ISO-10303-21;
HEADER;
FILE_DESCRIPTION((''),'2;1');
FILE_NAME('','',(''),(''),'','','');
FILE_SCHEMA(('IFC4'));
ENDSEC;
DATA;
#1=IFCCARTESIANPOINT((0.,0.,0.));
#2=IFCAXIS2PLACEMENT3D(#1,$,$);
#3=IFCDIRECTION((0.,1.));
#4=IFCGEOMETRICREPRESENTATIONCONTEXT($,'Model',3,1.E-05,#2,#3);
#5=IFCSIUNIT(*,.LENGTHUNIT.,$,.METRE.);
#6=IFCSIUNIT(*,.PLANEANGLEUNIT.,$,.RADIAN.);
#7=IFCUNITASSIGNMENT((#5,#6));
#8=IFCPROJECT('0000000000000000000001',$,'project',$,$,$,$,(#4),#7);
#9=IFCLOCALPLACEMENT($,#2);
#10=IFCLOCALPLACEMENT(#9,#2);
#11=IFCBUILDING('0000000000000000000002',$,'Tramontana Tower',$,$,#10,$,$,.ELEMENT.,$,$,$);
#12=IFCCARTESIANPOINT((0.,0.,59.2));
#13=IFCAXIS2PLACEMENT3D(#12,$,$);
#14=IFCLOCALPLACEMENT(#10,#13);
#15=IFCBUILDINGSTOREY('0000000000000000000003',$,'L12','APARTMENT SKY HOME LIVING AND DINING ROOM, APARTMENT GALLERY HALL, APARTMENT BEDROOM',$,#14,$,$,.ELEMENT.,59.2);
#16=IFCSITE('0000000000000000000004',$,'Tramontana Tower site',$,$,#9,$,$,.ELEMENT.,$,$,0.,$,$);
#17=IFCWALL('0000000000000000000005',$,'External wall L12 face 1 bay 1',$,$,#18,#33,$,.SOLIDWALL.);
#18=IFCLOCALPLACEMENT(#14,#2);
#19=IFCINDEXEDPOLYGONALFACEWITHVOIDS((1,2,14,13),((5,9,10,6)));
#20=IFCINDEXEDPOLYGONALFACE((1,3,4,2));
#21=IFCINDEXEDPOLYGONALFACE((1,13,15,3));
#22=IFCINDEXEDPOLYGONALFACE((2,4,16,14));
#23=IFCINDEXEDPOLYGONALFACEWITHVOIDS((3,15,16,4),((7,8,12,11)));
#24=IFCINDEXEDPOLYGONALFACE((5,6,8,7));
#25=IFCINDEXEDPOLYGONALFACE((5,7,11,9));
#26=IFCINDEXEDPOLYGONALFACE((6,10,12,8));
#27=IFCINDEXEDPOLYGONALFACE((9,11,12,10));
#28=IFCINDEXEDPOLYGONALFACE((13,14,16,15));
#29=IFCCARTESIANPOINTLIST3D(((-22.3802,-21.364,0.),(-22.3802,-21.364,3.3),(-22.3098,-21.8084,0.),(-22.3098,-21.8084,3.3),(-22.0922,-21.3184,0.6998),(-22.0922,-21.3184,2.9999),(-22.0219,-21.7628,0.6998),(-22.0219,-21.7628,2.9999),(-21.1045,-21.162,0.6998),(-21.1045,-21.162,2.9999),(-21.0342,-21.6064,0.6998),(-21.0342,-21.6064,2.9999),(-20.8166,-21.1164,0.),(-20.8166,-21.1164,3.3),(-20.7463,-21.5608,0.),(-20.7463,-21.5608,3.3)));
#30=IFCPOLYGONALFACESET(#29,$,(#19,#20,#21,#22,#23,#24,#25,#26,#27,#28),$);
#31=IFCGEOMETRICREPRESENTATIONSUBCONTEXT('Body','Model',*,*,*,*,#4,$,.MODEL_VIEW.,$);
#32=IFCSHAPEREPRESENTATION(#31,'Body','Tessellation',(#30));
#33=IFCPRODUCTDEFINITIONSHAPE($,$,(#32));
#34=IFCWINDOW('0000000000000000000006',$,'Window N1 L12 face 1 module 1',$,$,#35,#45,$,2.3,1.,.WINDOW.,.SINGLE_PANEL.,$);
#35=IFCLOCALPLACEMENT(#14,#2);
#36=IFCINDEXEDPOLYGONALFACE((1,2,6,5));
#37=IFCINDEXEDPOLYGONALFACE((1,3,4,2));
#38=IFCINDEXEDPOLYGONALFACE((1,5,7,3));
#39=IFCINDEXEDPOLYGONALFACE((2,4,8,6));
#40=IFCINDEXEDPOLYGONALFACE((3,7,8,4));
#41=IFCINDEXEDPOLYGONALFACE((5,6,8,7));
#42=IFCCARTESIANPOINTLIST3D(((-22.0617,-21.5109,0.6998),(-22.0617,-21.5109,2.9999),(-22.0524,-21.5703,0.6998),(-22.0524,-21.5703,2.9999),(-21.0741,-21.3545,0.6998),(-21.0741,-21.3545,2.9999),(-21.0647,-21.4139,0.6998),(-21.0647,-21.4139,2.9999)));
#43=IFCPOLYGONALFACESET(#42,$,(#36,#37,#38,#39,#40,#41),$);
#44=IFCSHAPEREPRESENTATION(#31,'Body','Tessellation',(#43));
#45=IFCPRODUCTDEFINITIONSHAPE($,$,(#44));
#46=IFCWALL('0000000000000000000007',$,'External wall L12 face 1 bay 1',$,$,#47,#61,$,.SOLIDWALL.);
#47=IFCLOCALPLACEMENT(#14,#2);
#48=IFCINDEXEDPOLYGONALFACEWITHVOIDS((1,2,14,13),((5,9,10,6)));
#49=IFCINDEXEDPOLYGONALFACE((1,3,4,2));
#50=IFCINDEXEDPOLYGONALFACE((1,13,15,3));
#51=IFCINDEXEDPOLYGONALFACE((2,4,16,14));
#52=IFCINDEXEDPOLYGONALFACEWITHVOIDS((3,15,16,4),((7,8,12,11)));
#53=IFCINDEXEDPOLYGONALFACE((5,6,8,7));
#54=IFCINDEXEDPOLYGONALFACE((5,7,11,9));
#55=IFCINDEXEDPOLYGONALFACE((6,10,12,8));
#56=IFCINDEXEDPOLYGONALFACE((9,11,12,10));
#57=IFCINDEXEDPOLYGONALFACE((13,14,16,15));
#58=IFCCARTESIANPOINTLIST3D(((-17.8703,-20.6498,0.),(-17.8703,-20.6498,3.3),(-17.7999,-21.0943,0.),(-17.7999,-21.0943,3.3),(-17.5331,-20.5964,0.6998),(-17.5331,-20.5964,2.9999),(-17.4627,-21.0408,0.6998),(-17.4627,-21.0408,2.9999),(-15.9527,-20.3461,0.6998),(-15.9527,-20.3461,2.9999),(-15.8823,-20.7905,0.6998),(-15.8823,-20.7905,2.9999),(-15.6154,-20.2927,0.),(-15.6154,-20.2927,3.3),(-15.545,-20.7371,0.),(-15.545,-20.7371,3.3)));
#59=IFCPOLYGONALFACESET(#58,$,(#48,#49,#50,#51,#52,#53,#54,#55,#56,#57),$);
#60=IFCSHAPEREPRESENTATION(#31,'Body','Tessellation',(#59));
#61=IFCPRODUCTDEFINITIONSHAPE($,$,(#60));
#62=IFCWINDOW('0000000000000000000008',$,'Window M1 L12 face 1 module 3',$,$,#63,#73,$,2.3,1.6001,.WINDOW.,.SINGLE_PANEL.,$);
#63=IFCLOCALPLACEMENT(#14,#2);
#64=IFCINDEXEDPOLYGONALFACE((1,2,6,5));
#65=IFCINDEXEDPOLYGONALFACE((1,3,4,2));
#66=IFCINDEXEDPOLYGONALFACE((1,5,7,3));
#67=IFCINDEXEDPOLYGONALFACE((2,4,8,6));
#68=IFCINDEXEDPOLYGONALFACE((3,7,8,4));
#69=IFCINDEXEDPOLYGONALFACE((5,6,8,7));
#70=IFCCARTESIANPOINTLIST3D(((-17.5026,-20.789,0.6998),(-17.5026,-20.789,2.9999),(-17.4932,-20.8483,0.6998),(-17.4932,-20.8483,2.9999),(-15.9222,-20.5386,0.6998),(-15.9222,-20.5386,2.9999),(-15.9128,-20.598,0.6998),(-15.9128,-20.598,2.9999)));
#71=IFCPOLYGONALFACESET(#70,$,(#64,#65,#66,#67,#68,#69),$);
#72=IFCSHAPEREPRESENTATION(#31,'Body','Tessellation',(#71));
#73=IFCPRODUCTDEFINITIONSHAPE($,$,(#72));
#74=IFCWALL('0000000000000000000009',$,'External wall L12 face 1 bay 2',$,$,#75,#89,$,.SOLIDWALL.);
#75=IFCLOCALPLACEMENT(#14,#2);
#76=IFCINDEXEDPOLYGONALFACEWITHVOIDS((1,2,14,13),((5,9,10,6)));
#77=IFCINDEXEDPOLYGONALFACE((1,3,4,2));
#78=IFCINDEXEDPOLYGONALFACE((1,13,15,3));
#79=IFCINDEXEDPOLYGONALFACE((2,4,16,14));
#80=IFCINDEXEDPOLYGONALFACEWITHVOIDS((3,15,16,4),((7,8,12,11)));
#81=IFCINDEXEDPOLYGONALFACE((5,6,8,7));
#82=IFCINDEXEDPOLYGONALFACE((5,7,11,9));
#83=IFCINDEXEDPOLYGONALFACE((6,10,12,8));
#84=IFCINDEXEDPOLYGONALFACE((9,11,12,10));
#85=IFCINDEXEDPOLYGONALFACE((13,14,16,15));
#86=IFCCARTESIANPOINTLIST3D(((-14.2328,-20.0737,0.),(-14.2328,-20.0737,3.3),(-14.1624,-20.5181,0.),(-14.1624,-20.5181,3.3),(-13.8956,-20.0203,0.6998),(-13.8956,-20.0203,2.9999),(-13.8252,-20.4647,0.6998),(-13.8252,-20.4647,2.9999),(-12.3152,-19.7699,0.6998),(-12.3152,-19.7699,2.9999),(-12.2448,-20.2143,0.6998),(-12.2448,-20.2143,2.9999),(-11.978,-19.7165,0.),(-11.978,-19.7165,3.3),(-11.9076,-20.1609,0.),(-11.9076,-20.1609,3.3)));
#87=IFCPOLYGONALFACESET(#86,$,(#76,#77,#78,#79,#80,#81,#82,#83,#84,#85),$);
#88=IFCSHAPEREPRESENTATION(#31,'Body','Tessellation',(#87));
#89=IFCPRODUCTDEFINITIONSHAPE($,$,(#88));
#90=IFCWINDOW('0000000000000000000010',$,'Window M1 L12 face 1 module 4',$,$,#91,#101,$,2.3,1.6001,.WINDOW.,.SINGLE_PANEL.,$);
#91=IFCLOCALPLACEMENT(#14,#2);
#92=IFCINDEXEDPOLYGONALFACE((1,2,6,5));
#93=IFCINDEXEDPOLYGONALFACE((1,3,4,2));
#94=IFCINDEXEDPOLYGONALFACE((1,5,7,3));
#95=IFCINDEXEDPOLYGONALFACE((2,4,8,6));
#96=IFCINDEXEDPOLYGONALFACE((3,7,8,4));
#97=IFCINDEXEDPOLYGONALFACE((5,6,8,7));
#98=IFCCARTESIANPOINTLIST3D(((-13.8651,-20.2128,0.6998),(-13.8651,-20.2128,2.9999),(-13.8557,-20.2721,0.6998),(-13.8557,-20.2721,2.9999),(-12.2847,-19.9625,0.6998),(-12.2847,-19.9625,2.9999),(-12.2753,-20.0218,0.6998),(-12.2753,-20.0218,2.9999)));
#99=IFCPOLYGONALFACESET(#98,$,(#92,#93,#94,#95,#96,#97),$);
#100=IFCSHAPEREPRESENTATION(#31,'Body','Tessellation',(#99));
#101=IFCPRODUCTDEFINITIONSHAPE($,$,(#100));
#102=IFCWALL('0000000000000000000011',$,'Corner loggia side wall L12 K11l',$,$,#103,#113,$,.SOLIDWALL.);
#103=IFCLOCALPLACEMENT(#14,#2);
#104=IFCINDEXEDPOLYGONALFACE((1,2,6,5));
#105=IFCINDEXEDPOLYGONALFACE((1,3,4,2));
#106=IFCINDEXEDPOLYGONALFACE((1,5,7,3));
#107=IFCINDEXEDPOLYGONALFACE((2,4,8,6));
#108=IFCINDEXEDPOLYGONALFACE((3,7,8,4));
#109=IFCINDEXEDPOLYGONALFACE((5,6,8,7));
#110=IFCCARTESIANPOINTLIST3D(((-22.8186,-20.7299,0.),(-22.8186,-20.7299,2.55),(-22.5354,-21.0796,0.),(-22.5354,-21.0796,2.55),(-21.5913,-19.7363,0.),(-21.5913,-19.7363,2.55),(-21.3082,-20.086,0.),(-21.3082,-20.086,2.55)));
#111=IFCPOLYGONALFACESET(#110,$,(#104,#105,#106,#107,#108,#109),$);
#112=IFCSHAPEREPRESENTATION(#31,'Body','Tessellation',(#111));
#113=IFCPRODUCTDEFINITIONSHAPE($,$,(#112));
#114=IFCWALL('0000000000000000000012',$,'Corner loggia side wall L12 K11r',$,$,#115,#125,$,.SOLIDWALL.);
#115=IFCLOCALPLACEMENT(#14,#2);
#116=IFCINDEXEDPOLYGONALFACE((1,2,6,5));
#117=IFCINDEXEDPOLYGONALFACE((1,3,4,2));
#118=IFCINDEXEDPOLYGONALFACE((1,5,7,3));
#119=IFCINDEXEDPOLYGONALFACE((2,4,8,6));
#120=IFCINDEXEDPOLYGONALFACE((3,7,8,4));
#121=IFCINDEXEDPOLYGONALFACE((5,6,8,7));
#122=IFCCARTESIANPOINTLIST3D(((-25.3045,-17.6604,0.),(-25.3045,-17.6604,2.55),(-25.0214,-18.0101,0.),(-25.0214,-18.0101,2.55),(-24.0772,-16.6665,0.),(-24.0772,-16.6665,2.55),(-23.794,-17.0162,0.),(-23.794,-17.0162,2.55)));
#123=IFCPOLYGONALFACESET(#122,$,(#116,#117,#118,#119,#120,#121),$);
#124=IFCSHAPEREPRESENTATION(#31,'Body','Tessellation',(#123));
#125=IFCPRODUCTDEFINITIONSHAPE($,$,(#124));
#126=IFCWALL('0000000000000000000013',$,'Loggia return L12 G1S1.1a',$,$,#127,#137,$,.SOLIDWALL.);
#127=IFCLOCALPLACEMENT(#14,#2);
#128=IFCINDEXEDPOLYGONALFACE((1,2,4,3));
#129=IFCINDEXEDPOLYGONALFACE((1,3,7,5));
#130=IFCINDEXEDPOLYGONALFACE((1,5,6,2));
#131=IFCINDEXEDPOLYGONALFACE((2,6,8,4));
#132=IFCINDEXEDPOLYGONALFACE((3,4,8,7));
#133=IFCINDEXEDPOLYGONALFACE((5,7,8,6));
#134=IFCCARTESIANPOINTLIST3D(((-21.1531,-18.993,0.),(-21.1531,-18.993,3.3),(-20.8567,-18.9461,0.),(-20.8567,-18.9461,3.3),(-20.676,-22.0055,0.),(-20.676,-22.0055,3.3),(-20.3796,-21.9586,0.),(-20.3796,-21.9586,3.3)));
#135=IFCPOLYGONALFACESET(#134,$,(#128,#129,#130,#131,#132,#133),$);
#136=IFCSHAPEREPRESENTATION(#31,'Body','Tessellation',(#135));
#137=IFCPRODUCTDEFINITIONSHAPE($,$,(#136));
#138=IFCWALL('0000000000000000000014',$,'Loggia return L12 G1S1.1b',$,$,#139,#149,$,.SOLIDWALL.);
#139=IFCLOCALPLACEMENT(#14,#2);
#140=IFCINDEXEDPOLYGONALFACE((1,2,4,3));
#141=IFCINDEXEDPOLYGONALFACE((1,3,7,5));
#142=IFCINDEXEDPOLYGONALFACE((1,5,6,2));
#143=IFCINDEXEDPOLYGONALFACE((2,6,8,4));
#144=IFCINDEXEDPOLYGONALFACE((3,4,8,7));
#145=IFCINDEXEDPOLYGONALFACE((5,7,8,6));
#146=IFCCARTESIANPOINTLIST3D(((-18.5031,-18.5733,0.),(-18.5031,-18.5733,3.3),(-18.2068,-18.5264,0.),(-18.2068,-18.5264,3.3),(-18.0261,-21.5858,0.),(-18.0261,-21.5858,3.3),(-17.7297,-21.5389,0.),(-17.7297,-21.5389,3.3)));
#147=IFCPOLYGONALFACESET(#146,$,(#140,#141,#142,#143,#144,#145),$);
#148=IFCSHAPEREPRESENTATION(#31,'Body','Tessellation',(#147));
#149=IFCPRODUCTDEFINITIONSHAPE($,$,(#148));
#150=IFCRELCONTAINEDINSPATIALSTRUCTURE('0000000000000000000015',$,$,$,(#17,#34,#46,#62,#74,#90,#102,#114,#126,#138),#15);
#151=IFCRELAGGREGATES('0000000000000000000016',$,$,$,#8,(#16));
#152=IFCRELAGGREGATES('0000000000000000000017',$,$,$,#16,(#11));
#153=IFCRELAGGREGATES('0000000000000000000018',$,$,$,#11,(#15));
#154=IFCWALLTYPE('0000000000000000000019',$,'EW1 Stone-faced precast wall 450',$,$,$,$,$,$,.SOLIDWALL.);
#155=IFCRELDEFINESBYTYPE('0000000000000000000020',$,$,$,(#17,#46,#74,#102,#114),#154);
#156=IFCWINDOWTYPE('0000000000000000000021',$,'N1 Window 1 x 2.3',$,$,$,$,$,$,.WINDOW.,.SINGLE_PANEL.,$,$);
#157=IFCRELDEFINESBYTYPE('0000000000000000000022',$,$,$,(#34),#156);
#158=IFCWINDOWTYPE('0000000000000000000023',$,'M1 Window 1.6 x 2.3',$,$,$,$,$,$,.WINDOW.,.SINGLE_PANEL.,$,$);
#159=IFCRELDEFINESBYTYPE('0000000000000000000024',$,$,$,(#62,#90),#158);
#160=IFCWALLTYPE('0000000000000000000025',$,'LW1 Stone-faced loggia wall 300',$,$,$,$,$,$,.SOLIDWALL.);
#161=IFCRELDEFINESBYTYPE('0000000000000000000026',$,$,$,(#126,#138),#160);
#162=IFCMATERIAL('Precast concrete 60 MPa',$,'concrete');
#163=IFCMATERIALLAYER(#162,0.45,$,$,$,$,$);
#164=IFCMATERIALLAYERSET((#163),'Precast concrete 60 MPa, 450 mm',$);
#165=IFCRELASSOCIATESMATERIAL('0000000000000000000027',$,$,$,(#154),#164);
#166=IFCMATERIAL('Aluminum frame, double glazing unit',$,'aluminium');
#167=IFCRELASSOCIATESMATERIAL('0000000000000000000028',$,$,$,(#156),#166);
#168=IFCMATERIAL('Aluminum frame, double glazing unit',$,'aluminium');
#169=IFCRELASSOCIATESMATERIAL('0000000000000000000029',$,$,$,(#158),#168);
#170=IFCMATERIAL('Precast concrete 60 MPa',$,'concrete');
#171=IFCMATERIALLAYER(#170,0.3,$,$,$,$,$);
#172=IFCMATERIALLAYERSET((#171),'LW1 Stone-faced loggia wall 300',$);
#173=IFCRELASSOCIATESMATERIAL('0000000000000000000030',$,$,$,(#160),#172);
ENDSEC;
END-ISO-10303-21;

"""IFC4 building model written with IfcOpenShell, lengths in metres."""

from ifc_helpers import new_model, si_unit, direction, frame, frame_2d, origin, place, context, subcontext, project, spatial, rectangle, extrude, material, layer, layer_set, type_object, element, fill, save


model = new_model("IFC4")

# Units and contexts
model_context = context("Model", 3, precision=1e-05, world=origin(), true_north=direction((0.0, 1.0)))
body_context = subcontext(model_context, "Body", "Model", "MODEL_VIEW")
ifc_project = project(units=[si_unit("LENGTHUNIT", "METRE"), si_unit("PLANEANGLEUNIT", "RADIAN")], contexts=[model_context])

# Site, building, storey
site_placement = place(None, origin())
site = spatial("IfcSite", under=ifc_project, at=site_placement, Name="Tramontana Tower site", CompositionType="ELEMENT", RefElevation=0.0)
building_placement = place(site_placement, origin())
building = spatial("IfcBuilding", under=site, at=building_placement, Name="Tramontana Tower", CompositionType="ELEMENT")
storey_placement = place(building_placement, frame((0.0, 0.0, 59.2)))
storey = spatial("IfcBuildingStorey", under=building, at=storey_placement, Name="L12", Description="APARTMENT SKY HOME LIVING AND DINING ROOM, APARTMENT GALLERY HALL, APARTMENT BEDROOM", CompositionType="ELEMENT", Elevation=59.2)

# Walls, openings, windows
ifc_material_1 = material(Name="Precast concrete 60 MPa", Category="concrete")
ifc_layer_1 = layer(ifc_material_1, 0.45)
ifc_layer_set_1 = layer_set([ifc_layer_1], Name="Precast concrete 60 MPa, 450 mm")
wall_type_1 = type_object("IfcWallType", Name="EW1 Stone-faced precast wall 450", PredefinedType="SOLIDWALL", material=ifc_layer_set_1)
ifc_material_2 = material(Name="Aluminum frame, double glazing unit", Category="aluminium")
window_type_1 = type_object("IfcWindowType", Name="N1 Window 1 x 2.3", PartitioningType="SINGLE_PANEL", PredefinedType="WINDOW", material=ifc_material_2)
wall_1_placement = place(storey_placement, frame((-22.345, -21.5862, 0.0), z_axis=(0.0, 0.0, 1.0), x_axis=(0.987695, 0.15639, 0.0)))
wall_1 = element("IfcWall", 1, at=wall_1_placement, inside=storey, type_object=wall_type_1, Name="External wall L12 face 1 bay 1", PredefinedType="SOLIDWALL", context=body_context, shape_type="SweptSolid", body=[
    extrude(rectangle(XDim=1.583, YDim=0.45, at=frame_2d((0.7915, 0.0))), origin(), (0.0, 0.0, 1.0), 3.3),
])
opening_1_placement = place(wall_1_placement, frame((0.2915, 0.0, 0.7)))
opening_1 = element("IfcOpeningElement", 2, at=opening_1_placement, cuts=wall_1, PredefinedType="OPENING", context=body_context, shape_type="SweptSolid", body=[
    extrude(rectangle(XDim=1.0, YDim=2.3, at=frame_2d((0.5, 1.1499))), frame((0.0, 0.2349, 0.0), z_axis=(0.0, -1.0, 0.0), x_axis=(1.0, 0.0, 0.0)), (0.0, 0.0, 1.0), 0.47),
])
window_1_placement = place(opening_1_placement, origin())
window_1 = element("IfcWindow", 3, at=window_1_placement, inside=storey, type_object=window_type_1, Name="Window N1 L12 face 1 module 1", OverallHeight=2.3, OverallWidth=1.0, PartitioningType="SINGLE_PANEL", PredefinedType="WINDOW", context=body_context, shape_type="SweptSolid", body=[
    extrude(rectangle(XDim=1.0, YDim=2.3, at=frame_2d((0.5, 1.1499))), frame((0.0, 0.03, 0.0), z_axis=(0.0, -1.0, 0.0), x_axis=(1.0, 0.0, 0.0)), (0.0, 0.0, 1.0), 0.0601),
])
fill(opening_1, window_1)
wall_2_placement = place(storey_placement, frame((-17.8352, -20.8721, 0.0), z_axis=(0.0, 0.0, 1.0), x_axis=(0.987686, 0.156451, 0.0)))
wall_2 = element("IfcWall", 4, at=wall_2_placement, inside=storey, type_object=wall_type_1, Name="External wall L12 face 1 bay 1", PredefinedType="SOLIDWALL", context=body_context, shape_type="SweptSolid", body=[
    extrude(rectangle(XDim=2.283, YDim=0.45, at=frame_2d((1.1416, 0.0))), origin(), (0.0, 0.0, 1.0), 3.3),
])
opening_2_placement = place(wall_2_placement, frame((0.3416, 0.0, 0.7)))
opening_2 = element("IfcOpeningElement", 5, at=opening_2_placement, cuts=wall_2, PredefinedType="OPENING", context=body_context, shape_type="SweptSolid", body=[
    extrude(rectangle(XDim=1.6001, YDim=2.3, at=frame_2d((0.8, 1.1499))), frame((0.0, 0.2349, 0.0), z_axis=(0.0, -1.0, 0.0), x_axis=(1.0, 0.0, 0.0)), (0.0, 0.0, 1.0), 0.47),
])
ifc_material_3 = material(Name="Aluminum frame, double glazing unit", Category="aluminium")
window_type_2 = type_object("IfcWindowType", Name="M1 Window 1.6 x 2.3", PartitioningType="SINGLE_PANEL", PredefinedType="WINDOW", material=ifc_material_3)
window_2_placement = place(opening_2_placement, origin())
window_2 = element("IfcWindow", 6, at=window_2_placement, inside=storey, type_object=window_type_2, Name="Window M1 L12 face 1 module 3", OverallHeight=2.3, OverallWidth=1.6001, PartitioningType="SINGLE_PANEL", PredefinedType="WINDOW", context=body_context, shape_type="SweptSolid", body=[
    extrude(rectangle(XDim=1.6001, YDim=2.3, at=frame_2d((0.8, 1.1499))), frame((0.0, 0.03, 0.0), z_axis=(0.0, -1.0, 0.0), x_axis=(1.0, 0.0, 0.0)), (0.0, 0.0, 1.0), 0.0601),
])
fill(opening_2, window_2)
wall_3_placement = place(storey_placement, frame((-14.1978, -20.2959, 0.0), z_axis=(0.0, 0.0, 1.0), x_axis=(0.987686, 0.156451, 0.0)))
wall_3 = element("IfcWall", 7, at=wall_3_placement, inside=storey, type_object=wall_type_1, Name="External wall L12 face 1 bay 2", PredefinedType="SOLIDWALL", context=body_context, shape_type="SweptSolid", body=[
    extrude(rectangle(XDim=2.283, YDim=0.45, at=frame_2d((1.1416, 0.0))), origin(), (0.0, 0.0, 1.0), 3.3),
])
opening_3_placement = place(wall_3_placement, frame((0.3416, 0.0, 0.7)))
opening_3 = element("IfcOpeningElement", 8, at=opening_3_placement, cuts=wall_3, PredefinedType="OPENING", context=body_context, shape_type="SweptSolid", body=[
    extrude(rectangle(XDim=1.6001, YDim=2.3, at=frame_2d((0.8, 1.1499))), frame((0.0, 0.2349, 0.0), z_axis=(0.0, -1.0, 0.0), x_axis=(1.0, 0.0, 0.0)), (0.0, 0.0, 1.0), 0.47),
])
window_3_placement = place(opening_3_placement, origin())
window_3 = element("IfcWindow", 9, at=window_3_placement, inside=storey, type_object=window_type_2, Name="Window M1 L12 face 1 module 4", OverallHeight=2.3, OverallWidth=1.6001, PartitioningType="SINGLE_PANEL", PredefinedType="WINDOW", context=body_context, shape_type="SweptSolid", body=[
    extrude(rectangle(XDim=1.6001, YDim=2.3, at=frame_2d((0.8, 1.1499))), frame((0.0, 0.03, 0.0), z_axis=(0.0, -1.0, 0.0), x_axis=(1.0, 0.0, 0.0)), (0.0, 0.0, 1.0), 0.0601),
])
fill(opening_3, window_3)

# Walls
wall_4_placement = place(storey_placement, frame((-22.677, -20.9048, 0.0), z_axis=(0.0, 0.0, 1.0), x_axis=(0.777205, 0.629247, 0.0)))
element("IfcWall", 10, at=wall_4_placement, inside=storey, type_object=wall_type_1, Name="Corner loggia side wall L12 K11l", PredefinedType="SOLIDWALL", context=body_context, shape_type="SweptSolid", body=[
    extrude(rectangle(XDim=1.5791, YDim=0.45, at=frame_2d((0.7896, 0.0))), origin(), (0.0, 0.0, 1.0), 2.55),
])
wall_5_placement = place(storey_placement, frame((-25.1628, -17.8352, 0.0), z_axis=(0.0, 0.0, 1.0), x_axis=(0.77713, 0.629341, 0.0)))
element("IfcWall", 11, at=wall_5_placement, inside=storey, type_object=wall_type_1, Name="Corner loggia side wall L12 K11r", PredefinedType="SOLIDWALL", context=body_context, shape_type="SweptSolid", body=[
    extrude(rectangle(XDim=1.5793, YDim=0.45, at=frame_2d((0.7896, 0.0))), origin(), (0.0, 0.0, 1.0), 2.55),
])

# Shared definitions
ifc_material_4 = material(Name="Precast concrete 60 MPa", Category="concrete")
ifc_layer_2 = layer(ifc_material_4, 0.3)
ifc_layer_set_2 = layer_set([ifc_layer_2], Name="LW1 Stone-faced loggia wall 300")
wall_type_2 = type_object("IfcWallType", Name="LW1 Stone-faced loggia wall 300", PredefinedType="SOLIDWALL", material=ifc_layer_set_2)

# Walls
for number, where, z_axis, x_axis, name in (
    (12, (-20.5278, -21.9819, 0.0), (0.0, 0.0, 1.0), (-0.156411, 0.987692, 0.0), "Loggia return L12 G1S1.1a"),
    (13, (-17.8779, -21.5623, 0.0), (0.0, 0.0, 1.0), (-0.156411, 0.987692, 0.0), "Loggia return L12 G1S1.1b"),
):
    element("IfcWall", number, at=place(storey_placement, frame(where, z_axis=z_axis, x_axis=x_axis)), inside=storey, type_object=wall_type_2, Name=name, PredefinedType="SOLIDWALL", context=body_context, shape_type="SweptSolid", body=[
        extrude(rectangle(XDim=3.05, YDim=0.3, at=frame_2d((1.5249, 0.0))), origin(), (0.0, 0.0, 1.0), 3.3),
    ])

save(model, "model.ifc")
